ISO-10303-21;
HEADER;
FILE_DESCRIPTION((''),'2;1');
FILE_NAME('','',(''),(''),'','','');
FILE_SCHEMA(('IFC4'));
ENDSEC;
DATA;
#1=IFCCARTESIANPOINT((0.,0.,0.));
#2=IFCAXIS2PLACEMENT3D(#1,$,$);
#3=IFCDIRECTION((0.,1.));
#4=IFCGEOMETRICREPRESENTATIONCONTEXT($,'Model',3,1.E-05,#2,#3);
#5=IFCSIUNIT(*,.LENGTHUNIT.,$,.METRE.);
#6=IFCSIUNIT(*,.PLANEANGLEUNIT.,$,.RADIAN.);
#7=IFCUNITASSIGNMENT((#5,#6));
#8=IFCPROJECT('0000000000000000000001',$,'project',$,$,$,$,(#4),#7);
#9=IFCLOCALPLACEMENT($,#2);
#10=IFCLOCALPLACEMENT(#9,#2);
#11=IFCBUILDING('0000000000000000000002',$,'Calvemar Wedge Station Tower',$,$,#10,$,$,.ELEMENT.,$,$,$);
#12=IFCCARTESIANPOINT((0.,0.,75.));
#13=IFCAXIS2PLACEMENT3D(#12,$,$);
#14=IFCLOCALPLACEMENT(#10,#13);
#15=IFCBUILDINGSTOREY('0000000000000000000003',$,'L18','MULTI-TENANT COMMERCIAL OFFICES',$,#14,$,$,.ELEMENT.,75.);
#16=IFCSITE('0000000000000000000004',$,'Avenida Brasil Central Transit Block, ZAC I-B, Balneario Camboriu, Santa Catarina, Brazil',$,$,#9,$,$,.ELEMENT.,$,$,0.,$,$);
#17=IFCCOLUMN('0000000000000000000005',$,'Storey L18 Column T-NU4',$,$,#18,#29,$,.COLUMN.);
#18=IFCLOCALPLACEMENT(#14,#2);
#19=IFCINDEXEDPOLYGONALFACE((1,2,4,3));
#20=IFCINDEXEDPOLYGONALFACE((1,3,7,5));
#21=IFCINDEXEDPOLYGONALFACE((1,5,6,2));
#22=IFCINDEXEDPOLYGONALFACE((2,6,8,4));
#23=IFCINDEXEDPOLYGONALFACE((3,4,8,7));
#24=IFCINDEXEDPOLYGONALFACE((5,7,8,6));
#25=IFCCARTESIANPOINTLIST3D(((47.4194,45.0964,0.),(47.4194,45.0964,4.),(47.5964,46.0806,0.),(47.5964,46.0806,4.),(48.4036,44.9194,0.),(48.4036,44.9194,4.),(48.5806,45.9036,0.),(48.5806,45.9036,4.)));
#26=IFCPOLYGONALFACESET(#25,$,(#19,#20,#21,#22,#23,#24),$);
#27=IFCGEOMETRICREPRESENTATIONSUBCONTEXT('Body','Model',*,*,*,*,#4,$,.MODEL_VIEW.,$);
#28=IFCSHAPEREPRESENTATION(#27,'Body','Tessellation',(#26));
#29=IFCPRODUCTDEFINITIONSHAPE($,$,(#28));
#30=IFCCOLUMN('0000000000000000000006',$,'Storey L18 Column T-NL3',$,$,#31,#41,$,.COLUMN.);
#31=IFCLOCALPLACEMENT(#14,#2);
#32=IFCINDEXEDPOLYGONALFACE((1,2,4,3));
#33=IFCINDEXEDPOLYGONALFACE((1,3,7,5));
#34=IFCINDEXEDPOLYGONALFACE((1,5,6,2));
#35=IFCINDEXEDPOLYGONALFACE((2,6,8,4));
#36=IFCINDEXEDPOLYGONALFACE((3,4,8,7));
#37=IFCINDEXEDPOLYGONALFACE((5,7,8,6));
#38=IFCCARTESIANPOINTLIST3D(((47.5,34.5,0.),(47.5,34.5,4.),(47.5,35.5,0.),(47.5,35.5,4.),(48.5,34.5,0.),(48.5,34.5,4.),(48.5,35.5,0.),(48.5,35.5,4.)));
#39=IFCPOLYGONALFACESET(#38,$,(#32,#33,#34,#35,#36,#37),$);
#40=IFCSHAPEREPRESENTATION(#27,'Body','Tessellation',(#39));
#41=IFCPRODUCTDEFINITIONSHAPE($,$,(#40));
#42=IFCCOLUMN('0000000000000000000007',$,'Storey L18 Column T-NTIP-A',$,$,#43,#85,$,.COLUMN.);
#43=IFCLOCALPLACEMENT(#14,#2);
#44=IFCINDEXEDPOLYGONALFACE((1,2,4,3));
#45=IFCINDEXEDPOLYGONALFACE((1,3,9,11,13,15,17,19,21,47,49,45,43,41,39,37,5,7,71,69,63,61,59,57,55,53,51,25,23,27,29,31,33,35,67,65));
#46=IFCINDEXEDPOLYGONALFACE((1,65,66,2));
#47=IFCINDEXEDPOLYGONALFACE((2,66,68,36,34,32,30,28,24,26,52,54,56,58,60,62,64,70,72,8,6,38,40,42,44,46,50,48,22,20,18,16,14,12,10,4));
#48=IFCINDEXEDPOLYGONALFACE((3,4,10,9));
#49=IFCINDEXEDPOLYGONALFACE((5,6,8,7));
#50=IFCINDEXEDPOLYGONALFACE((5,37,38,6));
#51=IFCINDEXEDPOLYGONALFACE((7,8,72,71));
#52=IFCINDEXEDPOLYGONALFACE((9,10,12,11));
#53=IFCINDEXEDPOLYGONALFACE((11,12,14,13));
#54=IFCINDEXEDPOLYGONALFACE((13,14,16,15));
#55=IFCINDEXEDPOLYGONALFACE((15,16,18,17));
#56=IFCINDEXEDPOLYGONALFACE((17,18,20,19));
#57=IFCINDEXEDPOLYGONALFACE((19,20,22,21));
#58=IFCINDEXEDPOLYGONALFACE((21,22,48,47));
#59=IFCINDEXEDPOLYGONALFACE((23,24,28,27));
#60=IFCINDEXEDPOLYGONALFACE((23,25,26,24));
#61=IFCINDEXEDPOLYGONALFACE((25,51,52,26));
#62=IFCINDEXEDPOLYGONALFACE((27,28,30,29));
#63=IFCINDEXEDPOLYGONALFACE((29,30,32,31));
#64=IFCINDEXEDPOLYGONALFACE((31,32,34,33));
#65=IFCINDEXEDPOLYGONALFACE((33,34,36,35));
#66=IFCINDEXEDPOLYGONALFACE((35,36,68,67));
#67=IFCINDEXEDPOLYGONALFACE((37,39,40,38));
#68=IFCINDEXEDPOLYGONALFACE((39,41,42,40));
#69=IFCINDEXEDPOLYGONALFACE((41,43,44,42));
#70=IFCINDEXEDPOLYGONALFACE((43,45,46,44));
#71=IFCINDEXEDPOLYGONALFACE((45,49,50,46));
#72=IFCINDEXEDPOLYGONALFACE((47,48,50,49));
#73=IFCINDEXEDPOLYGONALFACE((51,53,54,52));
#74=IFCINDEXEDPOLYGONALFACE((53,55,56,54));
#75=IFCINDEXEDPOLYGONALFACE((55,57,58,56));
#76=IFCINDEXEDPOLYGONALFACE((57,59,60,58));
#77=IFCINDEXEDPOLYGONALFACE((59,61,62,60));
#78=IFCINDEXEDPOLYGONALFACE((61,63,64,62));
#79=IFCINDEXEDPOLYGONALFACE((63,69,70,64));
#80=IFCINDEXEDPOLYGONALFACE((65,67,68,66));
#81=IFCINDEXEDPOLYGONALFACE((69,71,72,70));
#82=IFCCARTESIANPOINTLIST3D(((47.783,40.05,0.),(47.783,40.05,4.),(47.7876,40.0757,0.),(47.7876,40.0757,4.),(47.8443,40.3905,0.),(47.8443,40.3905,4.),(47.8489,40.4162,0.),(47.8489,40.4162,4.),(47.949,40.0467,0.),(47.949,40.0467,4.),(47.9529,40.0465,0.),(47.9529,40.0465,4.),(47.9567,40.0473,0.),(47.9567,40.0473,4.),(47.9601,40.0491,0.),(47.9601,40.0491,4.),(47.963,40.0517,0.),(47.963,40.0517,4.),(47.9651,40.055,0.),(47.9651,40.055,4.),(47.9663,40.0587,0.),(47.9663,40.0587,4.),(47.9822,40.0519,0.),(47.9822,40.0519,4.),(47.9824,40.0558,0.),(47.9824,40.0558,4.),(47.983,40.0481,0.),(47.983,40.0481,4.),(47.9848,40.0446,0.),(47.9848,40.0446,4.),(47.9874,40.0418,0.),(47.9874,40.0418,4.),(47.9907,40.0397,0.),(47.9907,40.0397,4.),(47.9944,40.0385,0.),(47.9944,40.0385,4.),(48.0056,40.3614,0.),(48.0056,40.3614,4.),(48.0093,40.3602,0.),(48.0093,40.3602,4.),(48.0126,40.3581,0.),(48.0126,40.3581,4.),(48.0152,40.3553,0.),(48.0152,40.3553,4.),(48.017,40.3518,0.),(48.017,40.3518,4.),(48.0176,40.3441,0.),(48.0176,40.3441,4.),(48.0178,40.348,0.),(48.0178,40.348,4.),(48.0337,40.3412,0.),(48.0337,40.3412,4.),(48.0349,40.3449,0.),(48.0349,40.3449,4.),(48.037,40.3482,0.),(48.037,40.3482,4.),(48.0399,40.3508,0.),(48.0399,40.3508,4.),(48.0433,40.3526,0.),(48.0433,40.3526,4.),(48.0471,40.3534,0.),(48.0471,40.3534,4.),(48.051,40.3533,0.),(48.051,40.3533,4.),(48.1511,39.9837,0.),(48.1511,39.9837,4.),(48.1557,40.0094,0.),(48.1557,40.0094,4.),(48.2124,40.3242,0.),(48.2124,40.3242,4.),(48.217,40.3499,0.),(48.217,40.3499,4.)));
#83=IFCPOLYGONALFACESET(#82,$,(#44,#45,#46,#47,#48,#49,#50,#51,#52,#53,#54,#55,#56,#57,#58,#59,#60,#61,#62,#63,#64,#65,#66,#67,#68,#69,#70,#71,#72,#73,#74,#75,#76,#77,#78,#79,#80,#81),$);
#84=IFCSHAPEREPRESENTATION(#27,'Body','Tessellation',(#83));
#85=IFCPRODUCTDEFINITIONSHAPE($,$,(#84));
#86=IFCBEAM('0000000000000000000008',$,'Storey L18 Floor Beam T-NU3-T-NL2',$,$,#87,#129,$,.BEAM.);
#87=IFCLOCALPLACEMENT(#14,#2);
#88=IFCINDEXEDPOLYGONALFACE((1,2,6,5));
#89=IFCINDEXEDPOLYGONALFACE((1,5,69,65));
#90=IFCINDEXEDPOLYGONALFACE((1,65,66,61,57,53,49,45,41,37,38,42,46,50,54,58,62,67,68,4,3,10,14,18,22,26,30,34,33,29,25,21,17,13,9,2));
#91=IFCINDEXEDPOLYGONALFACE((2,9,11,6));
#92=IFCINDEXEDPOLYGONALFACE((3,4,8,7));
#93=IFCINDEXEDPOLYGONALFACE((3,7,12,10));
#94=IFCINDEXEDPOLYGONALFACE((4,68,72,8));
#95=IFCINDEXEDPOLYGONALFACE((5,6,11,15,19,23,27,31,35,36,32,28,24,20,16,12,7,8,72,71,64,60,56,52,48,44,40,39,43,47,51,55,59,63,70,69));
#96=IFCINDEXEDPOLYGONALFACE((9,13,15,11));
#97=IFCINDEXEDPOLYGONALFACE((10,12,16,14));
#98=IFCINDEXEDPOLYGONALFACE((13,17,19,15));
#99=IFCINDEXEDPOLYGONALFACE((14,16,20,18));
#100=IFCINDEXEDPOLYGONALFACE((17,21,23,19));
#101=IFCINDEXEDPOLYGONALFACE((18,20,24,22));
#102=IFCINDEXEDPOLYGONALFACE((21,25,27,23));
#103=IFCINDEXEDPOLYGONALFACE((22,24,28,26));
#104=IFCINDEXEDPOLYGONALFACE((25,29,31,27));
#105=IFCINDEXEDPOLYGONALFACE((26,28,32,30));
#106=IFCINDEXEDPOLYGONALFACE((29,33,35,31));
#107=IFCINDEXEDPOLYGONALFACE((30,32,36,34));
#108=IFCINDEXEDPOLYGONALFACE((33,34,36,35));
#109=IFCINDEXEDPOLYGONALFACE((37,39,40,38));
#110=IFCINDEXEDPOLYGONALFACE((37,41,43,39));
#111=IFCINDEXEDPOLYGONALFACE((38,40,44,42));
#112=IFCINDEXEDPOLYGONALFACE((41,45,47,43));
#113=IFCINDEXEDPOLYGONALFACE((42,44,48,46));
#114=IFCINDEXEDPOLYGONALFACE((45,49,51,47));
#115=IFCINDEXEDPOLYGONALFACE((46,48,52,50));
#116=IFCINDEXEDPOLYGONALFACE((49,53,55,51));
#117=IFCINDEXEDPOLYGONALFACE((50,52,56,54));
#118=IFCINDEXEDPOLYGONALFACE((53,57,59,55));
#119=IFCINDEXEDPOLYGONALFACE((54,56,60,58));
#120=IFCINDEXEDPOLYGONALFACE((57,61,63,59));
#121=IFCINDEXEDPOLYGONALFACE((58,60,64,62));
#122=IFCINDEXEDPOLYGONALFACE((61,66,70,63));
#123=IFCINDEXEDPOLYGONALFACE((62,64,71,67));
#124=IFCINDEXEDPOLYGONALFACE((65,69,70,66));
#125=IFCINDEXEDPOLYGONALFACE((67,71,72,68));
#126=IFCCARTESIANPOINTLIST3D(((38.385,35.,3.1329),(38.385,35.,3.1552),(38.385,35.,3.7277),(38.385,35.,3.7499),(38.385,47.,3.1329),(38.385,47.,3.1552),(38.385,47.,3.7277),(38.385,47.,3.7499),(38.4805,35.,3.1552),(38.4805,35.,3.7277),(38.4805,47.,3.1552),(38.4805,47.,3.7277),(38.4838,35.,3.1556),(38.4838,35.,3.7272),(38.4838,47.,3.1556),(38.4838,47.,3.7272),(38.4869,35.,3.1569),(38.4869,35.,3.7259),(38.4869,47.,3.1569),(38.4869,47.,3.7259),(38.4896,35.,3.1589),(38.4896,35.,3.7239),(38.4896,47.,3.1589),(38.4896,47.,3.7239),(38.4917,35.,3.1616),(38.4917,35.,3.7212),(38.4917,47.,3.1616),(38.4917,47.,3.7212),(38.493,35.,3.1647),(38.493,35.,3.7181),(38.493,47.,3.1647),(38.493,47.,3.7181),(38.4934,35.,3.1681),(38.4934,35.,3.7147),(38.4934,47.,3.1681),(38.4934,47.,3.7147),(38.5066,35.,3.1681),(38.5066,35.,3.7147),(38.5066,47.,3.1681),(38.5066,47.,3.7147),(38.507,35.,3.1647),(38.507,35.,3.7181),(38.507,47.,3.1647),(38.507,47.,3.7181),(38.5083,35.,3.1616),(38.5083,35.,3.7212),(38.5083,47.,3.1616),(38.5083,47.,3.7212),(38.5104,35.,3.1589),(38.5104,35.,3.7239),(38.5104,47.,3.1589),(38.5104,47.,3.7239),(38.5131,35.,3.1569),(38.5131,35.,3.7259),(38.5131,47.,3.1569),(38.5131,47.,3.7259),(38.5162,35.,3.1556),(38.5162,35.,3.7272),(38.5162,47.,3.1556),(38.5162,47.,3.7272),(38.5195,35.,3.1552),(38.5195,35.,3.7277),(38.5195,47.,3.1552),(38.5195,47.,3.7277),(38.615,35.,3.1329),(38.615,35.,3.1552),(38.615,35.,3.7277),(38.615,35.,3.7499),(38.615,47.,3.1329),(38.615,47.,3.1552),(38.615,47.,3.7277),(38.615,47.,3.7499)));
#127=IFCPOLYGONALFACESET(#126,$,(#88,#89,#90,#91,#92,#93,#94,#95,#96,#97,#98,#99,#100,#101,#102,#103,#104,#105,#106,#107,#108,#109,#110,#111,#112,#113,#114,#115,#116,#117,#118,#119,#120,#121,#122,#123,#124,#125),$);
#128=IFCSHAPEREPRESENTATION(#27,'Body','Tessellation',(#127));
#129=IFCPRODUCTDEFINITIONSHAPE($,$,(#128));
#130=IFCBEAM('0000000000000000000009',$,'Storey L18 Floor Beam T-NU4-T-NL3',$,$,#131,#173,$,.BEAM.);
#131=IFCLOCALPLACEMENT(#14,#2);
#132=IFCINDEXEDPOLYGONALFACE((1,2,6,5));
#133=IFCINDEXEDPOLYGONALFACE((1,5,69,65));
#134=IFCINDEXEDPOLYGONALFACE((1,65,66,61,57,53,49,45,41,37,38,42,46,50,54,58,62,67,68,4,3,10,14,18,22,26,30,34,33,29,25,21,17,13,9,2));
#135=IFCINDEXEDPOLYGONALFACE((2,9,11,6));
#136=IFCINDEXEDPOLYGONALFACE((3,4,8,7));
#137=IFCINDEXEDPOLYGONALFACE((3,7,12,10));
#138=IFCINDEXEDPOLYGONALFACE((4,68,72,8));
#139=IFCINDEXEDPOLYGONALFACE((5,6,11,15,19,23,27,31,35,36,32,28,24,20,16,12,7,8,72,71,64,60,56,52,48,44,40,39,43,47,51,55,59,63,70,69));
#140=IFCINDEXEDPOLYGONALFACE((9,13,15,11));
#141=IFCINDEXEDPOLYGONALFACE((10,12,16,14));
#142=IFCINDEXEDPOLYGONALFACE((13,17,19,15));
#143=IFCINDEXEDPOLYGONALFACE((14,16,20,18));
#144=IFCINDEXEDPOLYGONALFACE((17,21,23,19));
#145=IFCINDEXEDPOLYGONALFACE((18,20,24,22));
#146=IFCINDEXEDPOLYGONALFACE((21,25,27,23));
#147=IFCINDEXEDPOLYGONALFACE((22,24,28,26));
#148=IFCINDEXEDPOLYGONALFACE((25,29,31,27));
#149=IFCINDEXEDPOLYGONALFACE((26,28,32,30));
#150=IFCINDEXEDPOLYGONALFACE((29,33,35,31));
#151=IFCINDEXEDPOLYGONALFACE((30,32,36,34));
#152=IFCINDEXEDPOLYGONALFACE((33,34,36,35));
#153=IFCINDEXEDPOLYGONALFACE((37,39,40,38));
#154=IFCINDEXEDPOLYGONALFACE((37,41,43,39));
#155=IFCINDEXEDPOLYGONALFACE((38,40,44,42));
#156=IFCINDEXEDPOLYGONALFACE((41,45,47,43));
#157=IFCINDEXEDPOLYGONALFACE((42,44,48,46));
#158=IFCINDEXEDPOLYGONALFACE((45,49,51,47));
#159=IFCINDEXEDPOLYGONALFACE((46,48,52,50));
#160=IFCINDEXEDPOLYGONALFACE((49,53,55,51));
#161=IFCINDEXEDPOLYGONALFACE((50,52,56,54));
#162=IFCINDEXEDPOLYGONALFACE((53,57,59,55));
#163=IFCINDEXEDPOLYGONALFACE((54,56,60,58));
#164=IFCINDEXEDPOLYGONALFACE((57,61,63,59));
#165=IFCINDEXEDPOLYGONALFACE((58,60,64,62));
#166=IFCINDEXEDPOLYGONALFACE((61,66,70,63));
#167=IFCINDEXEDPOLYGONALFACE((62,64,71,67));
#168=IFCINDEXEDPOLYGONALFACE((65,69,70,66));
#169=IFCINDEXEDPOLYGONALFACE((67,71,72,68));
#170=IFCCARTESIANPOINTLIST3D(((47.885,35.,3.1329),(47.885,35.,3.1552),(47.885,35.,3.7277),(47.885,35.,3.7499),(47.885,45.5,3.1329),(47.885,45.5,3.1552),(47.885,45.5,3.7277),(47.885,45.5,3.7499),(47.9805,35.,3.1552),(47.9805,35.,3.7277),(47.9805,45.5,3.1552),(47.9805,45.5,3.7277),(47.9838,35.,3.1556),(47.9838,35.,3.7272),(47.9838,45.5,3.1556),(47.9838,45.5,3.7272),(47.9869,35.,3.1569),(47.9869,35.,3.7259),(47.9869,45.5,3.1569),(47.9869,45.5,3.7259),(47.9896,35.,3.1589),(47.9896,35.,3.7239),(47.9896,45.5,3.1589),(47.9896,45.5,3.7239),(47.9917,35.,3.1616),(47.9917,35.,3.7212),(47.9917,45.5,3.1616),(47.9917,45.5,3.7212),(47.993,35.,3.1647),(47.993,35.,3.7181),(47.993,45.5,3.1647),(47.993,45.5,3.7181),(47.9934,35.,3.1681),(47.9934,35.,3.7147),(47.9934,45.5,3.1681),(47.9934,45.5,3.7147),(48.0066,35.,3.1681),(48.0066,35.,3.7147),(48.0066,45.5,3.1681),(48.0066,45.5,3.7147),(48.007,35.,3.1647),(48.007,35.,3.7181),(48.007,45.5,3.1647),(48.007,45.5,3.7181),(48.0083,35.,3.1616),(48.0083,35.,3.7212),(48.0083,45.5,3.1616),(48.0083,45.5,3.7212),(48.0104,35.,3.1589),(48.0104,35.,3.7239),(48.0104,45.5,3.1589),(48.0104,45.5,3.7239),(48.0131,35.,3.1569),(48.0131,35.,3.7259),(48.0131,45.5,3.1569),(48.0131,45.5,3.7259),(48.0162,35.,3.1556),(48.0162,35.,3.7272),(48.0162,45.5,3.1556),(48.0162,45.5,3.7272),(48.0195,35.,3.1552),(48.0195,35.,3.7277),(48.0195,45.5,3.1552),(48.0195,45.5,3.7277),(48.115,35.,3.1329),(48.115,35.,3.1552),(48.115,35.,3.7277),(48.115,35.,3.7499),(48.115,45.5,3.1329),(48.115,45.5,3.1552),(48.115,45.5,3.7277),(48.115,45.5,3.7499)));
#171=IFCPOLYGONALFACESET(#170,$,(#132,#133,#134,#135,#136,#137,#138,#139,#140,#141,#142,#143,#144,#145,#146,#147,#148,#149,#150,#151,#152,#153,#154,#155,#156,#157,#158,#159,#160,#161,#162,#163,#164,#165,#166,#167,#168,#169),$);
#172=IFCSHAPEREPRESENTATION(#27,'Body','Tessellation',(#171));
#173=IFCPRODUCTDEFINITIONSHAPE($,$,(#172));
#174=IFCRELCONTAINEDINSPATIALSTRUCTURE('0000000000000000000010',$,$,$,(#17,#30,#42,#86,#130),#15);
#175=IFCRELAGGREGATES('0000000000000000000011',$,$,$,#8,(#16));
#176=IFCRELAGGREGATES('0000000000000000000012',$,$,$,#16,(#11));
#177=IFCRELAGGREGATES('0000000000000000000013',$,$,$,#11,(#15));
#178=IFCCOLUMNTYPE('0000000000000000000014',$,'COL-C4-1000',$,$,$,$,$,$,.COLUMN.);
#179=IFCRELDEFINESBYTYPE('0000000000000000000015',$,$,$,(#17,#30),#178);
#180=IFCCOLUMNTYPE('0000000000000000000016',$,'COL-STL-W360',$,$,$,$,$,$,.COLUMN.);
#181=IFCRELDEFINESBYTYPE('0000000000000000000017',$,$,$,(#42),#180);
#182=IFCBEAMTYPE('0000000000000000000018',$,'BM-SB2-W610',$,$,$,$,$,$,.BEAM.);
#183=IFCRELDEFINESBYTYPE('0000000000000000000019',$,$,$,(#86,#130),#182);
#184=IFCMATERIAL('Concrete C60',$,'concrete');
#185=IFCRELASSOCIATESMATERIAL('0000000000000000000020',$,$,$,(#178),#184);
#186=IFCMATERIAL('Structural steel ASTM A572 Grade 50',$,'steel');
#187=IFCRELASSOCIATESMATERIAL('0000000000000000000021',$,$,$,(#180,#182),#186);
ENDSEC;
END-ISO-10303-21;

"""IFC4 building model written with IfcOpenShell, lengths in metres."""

from ifc_helpers import new_model, si_unit, direction, frame, origin, origin_2d, place, context, subcontext, project, spatial, rectangle, i_section, extrude, source, transform, mapped, material, material_profile, profile_set, type_object, element, save


model = new_model("IFC4")

# Units and contexts
model_context = context("Model", 3, precision=1e-05, world=origin(), true_north=direction((0.0, 1.0)))
body_context = subcontext(model_context, "Body", "Model", "MODEL_VIEW")
ifc_project = project(units=[si_unit("LENGTHUNIT", "METRE"), si_unit("PLANEANGLEUNIT", "RADIAN")], contexts=[model_context])

# Site, building, storey
site_placement = place(None, origin())
site = spatial("IfcSite", under=ifc_project, at=site_placement, Name="Avenida Brasil Central Transit Block, ZAC I-B, Balneario Camboriu, Santa Catarina, Brazil", CompositionType="ELEMENT", RefElevation=0.0)
building_placement = place(site_placement, origin())
building = spatial("IfcBuilding", under=site, at=building_placement, Name="Calvemar Wedge Station Tower", CompositionType="ELEMENT")
storey_placement = place(building_placement, frame((0.0, 0.0, 75.0)))
storey = spatial("IfcBuildingStorey", under=building, at=storey_placement, Name="L18", Description="MULTI-TENANT COMMERCIAL OFFICES", CompositionType="ELEMENT", Elevation=75.0)

# Columns
ifc_material_1 = material(Name="Concrete C60", Category="concrete")
ifc_material_profile_1 = material_profile(ifc_material_1, rectangle(XDim=1.0, YDim=1.0, at=origin_2d()), Name="RC1000x1000")
ifc_profile_set_1 = profile_set([ifc_material_profile_1], Name="Concrete C60")
column_type_1 = type_object("IfcColumnType", Name="COL-C4-1000", PredefinedType="COLUMN", material=ifc_profile_set_1)
shared_shape_1 = source(origin(), body_context, "Body", "SweptSolid", [
    extrude(rectangle(XDim=1.0, YDim=1.0, at=origin_2d()), origin(), (0.0, 0.0, 1.0), 4.0),
])
for number, where, z_axis, x_axis, name in (
    (1, (48.0, 45.5, 0.0), (0.0, 0.0, 1.0), (0.984196, -0.177085, 0.0), "Storey L18 Column T-NU4"),
    (2, (48.0, 35.0, 0.0), (0.0, 0.0, 1.0), (1.0, 0.0, 0.0), "Storey L18 Column T-NL3"),
):
    element("IfcColumn", number, at=place(storey_placement, frame(where, z_axis=z_axis, x_axis=x_axis)), inside=storey, type_object=column_type_1, Name=name, PredefinedType="COLUMN", context=body_context, shape_type="MappedRepresentation", body=[
        mapped(shared_shape_1, transform((0.0, 0.0, 0.0), scale=1.0)),
    ])
ifc_material_2 = material(Name="Structural steel ASTM A572 Grade 50", Category="steel")
ifc_material_profile_2 = material_profile(ifc_material_2, i_section(OverallWidth=0.374, OverallDepth=0.3721, WebThickness=0.0164, FlangeThickness=0.0261, FilletRadius=0.0149, at=origin_2d()), Name="W360x196")
ifc_profile_set_2 = profile_set([ifc_material_profile_2], Name="Structural steel ASTM A572 Grade 50")
column_type_2 = type_object("IfcColumnType", Name="COL-STL-W360", PredefinedType="COLUMN", material=ifc_profile_set_2)
shared_shape_2 = source(origin(), body_context, "Body", "SweptSolid", [
    extrude(i_section(OverallWidth=0.374, OverallDepth=0.3721, WebThickness=0.0164, FlangeThickness=0.0261, FilletRadius=0.0149, at=origin_2d()), origin(), (0.0, 0.0, 1.0), 4.0),
])
column_placement = place(storey_placement, frame((48.0, 40.2, 0.0), z_axis=(0.0, 0.0, 1.0), x_axis=(0.984196, -0.177085, 0.0)))
element("IfcColumn", 3, at=column_placement, inside=storey, type_object=column_type_2, Name="Storey L18 Column T-NTIP-A", PredefinedType="COLUMN", context=body_context, shape_type="MappedRepresentation", body=[
    mapped(shared_shape_2, transform((0.0, 0.0, 0.0), scale=1.0)),
])

# Beams
ifc_material_profile_3 = material_profile(ifc_material_2, i_section(OverallWidth=0.23, OverallDepth=0.6169, WebThickness=0.0132, FlangeThickness=0.0222, FilletRadius=0.0129, at=origin_2d()), Name="W610x140")
ifc_profile_set_3 = profile_set([ifc_material_profile_3], Name="Structural steel ASTM A572 Grade 50")
beam_type_1 = type_object("IfcBeamType", Name="BM-SB2-W610", PredefinedType="BEAM", material=ifc_profile_set_3)
shared_shape_3 = source(origin(), body_context, "Body", "SweptSolid", [
    extrude(i_section(OverallWidth=0.23, OverallDepth=0.6169, WebThickness=0.0132, FlangeThickness=0.0222, FilletRadius=0.0129, at=origin_2d()), origin(), (0.0, 0.0, 1.0), 12.0),
])
beam_1_placement = place(storey_placement, frame((38.5, 47.0, 3.4414), z_axis=(0.0, -1.0, 0.0), x_axis=(1.0, 0.0, 0.0)))
element("IfcBeam", 4, at=beam_1_placement, inside=storey, type_object=beam_type_1, Name="Storey L18 Floor Beam T-NU3-T-NL2", PredefinedType="BEAM", context=body_context, shape_type="MappedRepresentation", body=[
    mapped(shared_shape_3, transform((0.0, 0.0, 0.0), scale=1.0)),
])
shared_shape_4 = source(origin(), body_context, "Body", "SweptSolid", [
    extrude(i_section(OverallWidth=0.23, OverallDepth=0.6169, WebThickness=0.0132, FlangeThickness=0.0222, FilletRadius=0.0129, at=origin_2d()), origin(), (0.0, 0.0, 1.0), 10.5),
])
beam_2_placement = place(storey_placement, frame((48.0, 45.5, 3.4414), z_axis=(0.0, -1.0, 0.0), x_axis=(1.0, 0.0, 0.0)))
element("IfcBeam", 5, at=beam_2_placement, inside=storey, type_object=beam_type_1, Name="Storey L18 Floor Beam T-NU4-T-NL3", PredefinedType="BEAM", context=body_context, shape_type="MappedRepresentation", body=[
    mapped(shared_shape_4, transform((0.0, 0.0, 0.0), scale=1.0)),
])

save(model, "model.ifc")
